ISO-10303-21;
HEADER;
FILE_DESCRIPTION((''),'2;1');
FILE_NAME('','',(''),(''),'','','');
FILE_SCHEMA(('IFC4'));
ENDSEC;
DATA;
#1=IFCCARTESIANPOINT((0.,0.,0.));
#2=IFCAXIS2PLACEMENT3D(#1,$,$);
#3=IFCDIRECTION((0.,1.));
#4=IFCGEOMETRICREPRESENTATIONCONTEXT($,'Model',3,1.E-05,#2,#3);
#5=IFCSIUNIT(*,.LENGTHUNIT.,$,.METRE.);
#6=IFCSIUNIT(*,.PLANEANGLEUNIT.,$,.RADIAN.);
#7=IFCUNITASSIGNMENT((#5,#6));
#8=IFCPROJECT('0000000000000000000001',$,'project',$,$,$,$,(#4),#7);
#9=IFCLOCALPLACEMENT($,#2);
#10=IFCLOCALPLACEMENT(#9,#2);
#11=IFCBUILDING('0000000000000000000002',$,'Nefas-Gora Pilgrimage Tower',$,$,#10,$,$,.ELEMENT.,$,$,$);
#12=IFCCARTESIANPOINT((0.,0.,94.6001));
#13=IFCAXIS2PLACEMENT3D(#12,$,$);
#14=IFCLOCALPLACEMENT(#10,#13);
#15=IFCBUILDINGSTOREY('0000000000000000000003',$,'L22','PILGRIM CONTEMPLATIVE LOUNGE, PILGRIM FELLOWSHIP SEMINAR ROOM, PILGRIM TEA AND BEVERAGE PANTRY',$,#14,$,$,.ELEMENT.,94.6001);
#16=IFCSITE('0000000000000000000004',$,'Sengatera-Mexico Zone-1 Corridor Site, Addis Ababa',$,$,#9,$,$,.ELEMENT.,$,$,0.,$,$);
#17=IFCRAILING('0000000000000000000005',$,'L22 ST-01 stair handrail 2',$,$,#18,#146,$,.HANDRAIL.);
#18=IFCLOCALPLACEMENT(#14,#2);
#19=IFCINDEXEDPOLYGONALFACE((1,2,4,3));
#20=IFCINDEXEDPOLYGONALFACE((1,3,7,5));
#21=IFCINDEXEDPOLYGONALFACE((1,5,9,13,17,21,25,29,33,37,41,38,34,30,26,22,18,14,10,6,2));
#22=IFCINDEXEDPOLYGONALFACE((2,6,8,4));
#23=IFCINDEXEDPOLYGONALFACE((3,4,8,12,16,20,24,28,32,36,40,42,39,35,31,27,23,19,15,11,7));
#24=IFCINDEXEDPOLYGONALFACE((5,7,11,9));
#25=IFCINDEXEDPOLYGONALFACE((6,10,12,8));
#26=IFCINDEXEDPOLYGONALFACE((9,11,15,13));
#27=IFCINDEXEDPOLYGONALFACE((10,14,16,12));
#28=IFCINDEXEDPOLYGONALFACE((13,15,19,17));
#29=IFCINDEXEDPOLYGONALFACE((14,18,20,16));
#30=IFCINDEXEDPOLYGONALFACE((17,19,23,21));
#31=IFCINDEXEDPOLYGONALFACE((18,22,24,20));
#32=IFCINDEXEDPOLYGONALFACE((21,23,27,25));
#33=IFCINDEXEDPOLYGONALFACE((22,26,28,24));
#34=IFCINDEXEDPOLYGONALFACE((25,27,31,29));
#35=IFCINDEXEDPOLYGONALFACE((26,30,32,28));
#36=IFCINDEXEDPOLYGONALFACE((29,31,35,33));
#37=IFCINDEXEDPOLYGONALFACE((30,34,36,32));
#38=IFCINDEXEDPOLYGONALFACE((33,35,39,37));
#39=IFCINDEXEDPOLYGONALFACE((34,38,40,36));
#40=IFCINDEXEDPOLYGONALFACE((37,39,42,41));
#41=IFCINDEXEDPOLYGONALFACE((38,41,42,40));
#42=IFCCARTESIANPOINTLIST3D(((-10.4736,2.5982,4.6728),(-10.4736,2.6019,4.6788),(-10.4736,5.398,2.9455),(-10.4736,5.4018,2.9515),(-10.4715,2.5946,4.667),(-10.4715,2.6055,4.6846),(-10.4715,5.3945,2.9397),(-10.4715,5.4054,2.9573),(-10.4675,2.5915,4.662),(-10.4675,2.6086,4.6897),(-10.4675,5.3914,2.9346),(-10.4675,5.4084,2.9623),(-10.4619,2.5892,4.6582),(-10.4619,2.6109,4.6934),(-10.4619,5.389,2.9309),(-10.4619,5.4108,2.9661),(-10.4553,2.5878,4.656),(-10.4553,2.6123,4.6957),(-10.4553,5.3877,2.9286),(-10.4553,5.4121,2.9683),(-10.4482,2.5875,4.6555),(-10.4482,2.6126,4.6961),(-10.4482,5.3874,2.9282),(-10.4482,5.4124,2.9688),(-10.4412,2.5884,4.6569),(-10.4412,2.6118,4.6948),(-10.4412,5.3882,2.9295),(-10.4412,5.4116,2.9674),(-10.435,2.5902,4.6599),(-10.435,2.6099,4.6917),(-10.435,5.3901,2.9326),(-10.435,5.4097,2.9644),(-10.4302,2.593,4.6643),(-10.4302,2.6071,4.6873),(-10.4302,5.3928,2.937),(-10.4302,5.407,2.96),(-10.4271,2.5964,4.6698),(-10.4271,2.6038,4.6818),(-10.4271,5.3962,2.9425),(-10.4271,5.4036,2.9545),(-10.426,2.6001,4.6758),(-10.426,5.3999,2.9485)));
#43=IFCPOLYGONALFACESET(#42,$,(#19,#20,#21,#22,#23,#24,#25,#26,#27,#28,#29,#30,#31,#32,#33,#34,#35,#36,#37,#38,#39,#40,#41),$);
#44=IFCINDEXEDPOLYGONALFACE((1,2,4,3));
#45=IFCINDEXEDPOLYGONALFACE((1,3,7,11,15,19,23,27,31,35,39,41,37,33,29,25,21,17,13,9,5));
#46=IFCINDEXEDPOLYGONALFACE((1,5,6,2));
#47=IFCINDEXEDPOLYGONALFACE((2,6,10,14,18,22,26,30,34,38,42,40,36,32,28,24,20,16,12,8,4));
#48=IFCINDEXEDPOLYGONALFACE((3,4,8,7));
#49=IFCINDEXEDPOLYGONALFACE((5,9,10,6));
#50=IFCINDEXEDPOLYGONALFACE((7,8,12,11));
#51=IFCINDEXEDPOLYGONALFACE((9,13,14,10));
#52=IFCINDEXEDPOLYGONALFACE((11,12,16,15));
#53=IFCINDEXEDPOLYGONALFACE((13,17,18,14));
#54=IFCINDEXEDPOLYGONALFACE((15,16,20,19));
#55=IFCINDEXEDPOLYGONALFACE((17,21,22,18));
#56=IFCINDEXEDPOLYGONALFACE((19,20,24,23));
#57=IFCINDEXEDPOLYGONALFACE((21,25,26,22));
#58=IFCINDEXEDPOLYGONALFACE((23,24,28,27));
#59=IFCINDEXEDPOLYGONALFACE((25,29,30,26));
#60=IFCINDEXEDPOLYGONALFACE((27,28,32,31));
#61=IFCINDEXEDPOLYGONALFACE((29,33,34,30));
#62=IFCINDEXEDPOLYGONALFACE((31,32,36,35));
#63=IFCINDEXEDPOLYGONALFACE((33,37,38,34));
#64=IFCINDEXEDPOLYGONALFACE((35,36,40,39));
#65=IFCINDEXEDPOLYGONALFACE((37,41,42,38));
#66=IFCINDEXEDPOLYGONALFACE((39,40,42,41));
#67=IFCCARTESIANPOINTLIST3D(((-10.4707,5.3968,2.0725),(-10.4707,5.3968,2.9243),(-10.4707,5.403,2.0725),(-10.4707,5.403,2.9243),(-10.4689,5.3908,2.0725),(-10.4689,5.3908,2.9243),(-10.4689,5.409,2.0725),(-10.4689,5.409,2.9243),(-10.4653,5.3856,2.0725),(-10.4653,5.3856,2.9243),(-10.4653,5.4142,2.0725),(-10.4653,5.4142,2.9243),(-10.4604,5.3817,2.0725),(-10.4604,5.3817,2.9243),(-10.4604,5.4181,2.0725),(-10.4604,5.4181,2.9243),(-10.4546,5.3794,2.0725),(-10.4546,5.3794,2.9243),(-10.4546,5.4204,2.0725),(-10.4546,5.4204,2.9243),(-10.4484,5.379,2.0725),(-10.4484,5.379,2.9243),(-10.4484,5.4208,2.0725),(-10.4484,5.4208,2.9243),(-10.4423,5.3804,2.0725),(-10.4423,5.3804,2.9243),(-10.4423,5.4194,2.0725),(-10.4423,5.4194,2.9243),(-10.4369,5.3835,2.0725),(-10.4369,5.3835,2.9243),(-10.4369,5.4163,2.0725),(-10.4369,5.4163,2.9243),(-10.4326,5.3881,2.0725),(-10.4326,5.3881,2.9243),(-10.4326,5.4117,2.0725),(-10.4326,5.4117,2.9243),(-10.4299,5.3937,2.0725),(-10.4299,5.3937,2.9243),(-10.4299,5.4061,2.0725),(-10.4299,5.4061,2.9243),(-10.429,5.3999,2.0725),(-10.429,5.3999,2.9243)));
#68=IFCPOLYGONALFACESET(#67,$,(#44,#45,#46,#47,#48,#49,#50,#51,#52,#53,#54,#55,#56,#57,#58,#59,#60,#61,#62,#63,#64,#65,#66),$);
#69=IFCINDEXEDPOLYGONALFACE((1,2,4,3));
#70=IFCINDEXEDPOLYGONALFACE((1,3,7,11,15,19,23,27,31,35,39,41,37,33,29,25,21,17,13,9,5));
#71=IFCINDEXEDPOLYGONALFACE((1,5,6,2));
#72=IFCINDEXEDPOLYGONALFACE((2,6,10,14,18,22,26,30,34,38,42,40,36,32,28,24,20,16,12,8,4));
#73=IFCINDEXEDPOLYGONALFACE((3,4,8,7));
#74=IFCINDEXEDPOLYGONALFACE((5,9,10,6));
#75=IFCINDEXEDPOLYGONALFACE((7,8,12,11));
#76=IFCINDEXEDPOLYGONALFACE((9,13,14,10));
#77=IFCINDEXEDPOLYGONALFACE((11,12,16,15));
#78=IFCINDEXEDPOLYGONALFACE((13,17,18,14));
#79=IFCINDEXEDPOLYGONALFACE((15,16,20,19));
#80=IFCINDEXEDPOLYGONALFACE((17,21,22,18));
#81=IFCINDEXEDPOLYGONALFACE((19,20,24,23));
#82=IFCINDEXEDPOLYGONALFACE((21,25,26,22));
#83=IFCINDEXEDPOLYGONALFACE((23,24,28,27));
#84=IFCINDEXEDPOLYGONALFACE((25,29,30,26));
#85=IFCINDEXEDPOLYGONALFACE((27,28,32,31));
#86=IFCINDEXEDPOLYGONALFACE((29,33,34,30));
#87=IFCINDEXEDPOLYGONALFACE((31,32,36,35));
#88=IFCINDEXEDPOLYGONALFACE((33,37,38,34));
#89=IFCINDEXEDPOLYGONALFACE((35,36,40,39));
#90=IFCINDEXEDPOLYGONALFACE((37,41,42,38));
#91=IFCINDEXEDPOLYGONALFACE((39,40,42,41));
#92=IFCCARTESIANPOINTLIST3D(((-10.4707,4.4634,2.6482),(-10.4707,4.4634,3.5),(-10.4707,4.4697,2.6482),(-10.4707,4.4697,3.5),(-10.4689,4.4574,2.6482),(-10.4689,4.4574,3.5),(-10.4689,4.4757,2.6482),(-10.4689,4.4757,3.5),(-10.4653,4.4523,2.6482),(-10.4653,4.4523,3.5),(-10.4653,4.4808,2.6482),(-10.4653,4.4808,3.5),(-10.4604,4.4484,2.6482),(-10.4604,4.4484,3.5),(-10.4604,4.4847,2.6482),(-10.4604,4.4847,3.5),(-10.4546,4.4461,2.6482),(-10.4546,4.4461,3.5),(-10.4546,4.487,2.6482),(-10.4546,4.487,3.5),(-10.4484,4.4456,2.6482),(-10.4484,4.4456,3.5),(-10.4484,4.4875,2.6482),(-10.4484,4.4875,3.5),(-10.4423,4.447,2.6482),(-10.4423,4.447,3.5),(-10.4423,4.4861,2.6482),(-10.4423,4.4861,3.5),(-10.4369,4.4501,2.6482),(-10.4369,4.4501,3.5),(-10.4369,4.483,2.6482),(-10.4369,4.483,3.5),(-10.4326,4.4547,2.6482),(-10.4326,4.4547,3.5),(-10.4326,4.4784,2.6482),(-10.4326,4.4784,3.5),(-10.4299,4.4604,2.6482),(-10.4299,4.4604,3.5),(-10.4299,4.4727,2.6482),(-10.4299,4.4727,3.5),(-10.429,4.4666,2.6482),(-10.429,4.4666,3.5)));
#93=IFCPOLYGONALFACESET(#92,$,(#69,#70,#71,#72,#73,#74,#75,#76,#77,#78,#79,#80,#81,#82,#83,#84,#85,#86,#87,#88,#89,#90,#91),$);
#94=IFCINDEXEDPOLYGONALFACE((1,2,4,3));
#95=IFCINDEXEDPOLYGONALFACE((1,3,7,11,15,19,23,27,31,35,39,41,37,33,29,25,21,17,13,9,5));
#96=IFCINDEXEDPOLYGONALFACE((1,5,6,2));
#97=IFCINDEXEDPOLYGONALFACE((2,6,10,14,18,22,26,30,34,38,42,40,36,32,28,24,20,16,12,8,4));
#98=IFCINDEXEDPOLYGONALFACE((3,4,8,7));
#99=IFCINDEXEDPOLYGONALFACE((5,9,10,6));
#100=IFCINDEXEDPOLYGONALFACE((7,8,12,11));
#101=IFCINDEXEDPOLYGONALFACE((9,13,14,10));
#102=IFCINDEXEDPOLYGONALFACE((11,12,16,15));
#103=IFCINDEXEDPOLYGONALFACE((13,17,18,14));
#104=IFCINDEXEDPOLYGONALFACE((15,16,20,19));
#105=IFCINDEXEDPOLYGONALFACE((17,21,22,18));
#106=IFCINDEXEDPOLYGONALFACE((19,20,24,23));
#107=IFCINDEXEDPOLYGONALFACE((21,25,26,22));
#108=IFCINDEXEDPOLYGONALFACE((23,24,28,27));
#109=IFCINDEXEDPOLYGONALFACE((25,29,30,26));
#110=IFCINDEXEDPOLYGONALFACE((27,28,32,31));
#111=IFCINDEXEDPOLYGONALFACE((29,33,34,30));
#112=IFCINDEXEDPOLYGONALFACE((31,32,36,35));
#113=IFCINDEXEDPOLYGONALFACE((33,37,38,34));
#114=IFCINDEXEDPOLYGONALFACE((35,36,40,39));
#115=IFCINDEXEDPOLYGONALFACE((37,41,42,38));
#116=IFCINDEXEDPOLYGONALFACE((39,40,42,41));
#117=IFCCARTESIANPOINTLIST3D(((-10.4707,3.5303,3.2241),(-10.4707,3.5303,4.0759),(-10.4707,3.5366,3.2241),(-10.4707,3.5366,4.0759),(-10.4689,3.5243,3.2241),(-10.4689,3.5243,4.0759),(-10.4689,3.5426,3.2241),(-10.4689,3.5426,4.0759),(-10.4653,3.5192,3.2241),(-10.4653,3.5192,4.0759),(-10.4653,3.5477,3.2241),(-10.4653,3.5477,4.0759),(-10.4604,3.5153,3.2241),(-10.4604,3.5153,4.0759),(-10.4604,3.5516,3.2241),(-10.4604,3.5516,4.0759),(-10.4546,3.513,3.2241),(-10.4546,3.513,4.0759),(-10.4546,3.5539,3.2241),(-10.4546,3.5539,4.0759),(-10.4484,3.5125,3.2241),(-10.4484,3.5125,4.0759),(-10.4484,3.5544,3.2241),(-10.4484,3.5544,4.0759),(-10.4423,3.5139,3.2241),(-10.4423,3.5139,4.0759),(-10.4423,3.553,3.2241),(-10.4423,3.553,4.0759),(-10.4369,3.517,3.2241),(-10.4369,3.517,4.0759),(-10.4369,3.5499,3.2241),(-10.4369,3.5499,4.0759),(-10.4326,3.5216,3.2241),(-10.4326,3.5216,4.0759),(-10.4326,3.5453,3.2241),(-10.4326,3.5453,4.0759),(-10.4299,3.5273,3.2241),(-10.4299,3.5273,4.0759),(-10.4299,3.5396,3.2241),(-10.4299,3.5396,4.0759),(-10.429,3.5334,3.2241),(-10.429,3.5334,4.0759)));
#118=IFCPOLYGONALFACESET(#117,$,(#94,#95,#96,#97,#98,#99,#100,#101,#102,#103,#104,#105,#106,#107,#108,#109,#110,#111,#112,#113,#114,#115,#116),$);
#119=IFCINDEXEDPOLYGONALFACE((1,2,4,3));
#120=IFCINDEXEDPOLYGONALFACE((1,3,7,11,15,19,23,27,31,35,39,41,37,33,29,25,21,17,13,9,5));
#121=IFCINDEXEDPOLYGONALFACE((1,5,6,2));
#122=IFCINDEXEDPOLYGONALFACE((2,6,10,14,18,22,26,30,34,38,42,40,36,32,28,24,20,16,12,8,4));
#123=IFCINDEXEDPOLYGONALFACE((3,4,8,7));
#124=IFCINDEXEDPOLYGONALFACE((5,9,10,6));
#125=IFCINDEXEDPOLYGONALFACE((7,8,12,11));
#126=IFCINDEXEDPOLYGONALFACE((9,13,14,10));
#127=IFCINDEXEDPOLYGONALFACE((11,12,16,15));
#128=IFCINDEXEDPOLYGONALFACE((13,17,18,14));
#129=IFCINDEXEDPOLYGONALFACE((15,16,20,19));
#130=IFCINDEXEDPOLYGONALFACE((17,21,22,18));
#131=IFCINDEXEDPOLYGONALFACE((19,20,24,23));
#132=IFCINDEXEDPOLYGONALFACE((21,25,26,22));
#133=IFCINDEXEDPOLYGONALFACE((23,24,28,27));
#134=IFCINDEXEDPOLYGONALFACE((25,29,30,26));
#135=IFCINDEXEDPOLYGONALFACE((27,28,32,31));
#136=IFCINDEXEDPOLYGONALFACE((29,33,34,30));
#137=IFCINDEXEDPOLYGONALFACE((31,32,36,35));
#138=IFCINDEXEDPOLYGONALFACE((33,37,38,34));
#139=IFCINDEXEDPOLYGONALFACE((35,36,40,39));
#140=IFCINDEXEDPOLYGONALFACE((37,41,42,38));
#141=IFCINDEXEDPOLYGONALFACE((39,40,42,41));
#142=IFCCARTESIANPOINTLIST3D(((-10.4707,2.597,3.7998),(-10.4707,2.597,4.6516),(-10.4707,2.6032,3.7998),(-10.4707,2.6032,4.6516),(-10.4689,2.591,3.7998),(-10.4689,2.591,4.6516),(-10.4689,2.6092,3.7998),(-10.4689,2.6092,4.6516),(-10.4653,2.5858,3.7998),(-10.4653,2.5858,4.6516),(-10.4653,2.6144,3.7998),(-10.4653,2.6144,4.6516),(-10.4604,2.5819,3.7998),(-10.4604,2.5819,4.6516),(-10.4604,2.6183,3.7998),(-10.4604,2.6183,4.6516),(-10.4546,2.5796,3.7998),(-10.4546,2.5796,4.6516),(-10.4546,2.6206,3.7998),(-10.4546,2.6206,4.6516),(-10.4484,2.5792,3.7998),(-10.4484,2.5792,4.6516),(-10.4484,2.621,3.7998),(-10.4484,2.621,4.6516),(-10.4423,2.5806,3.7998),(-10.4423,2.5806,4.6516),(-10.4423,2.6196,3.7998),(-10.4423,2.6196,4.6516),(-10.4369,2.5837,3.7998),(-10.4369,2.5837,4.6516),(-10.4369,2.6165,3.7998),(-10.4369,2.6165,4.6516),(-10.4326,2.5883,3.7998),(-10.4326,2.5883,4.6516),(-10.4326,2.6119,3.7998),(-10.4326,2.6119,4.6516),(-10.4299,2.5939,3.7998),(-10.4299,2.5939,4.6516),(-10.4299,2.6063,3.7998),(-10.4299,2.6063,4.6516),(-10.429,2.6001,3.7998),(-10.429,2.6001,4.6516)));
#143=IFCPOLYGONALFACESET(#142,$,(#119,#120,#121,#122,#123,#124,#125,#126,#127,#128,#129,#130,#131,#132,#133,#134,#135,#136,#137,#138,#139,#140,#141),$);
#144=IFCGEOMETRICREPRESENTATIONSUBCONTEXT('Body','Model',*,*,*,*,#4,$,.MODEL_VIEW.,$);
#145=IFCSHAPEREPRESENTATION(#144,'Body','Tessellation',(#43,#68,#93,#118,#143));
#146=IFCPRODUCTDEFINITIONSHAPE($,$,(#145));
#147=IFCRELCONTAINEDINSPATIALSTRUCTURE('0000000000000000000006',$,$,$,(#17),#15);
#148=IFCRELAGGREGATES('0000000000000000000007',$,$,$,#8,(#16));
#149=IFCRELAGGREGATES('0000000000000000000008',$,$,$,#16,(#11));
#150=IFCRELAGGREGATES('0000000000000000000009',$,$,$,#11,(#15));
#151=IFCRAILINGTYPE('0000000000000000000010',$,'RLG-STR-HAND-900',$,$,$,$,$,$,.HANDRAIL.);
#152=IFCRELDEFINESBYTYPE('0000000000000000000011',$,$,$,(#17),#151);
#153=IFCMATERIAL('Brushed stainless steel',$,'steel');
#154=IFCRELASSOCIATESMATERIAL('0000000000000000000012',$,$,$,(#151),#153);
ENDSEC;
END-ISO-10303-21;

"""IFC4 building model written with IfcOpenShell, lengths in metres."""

from ifc_helpers import new_model, si_unit, direction, frame, origin, origin_2d, place, context, subcontext, project, spatial, circle, extrude, material, type_object, element, save


model = new_model("IFC4")

# Units and contexts
model_context = context("Model", 3, precision=1e-05, world=origin(), true_north=direction((0.0, 1.0)))
body_context = subcontext(model_context, "Body", "Model", "MODEL_VIEW")
ifc_project = project(units=[si_unit("LENGTHUNIT", "METRE"), si_unit("PLANEANGLEUNIT", "RADIAN")], contexts=[model_context])

# Site, building, storey
site_placement = place(None, origin())
site = spatial("IfcSite", under=ifc_project, at=site_placement, Name="Sengatera-Mexico Zone-1 Corridor Site, Addis Ababa", CompositionType="ELEMENT", RefElevation=0.0)
building_placement = place(site_placement, origin())
building = spatial("IfcBuilding", under=site, at=building_placement, Name="Nefas-Gora Pilgrimage Tower", CompositionType="ELEMENT")
storey_placement = place(building_placement, frame((0.0, 0.0, 94.6001)))
storey = spatial("IfcBuildingStorey", under=building, at=storey_placement, Name="L22", Description="PILGRIM CONTEMPLATIVE LOUNGE, PILGRIM FELLOWSHIP SEMINAR ROOM, PILGRIM TEA AND BEVERAGE PANTRY", CompositionType="ELEMENT", Elevation=94.6001)

# Railing
ifc_material_1 = material(Name="Brushed stainless steel", Category="steel")
railing_type_1 = type_object("IfcRailingType", Name="RLG-STR-HAND-900", PredefinedType="HANDRAIL", material=ifc_material_1)
railing_1_placement = place(storey_placement, frame((-10.45, 5.3999, 2.0725)))
element("IfcRailing", 1, at=railing_1_placement, inside=storey, type_object=railing_type_1, Name="L22 ST-01 stair handrail 2", PredefinedType="HANDRAIL", context=body_context, shape_type="SweptSolid", body=[
    extrude(circle(Radius=0.0239, at=origin_2d()), frame((0.0, 0.0, 0.876), z_axis=(0.0, -0.851069, 0.525054), x_axis=(1.0, 0.0, 0.0)), (0.0, 0.0, 1.0), 3.2898),
    extrude(circle(Radius=0.021, at=origin_2d()), origin(), (0.0, 0.0, 1.0), 0.8518),
    extrude(circle(Radius=0.021, at=origin_2d()), frame((0.0, -0.9333, 0.5757)), (0.0, 0.0, 1.0), 0.8518),
    extrude(circle(Radius=0.021, at=origin_2d()), frame((0.0, -1.8665, 1.1516)), (0.0, 0.0, 1.0), 0.8518),
    extrude(circle(Radius=0.021, at=origin_2d()), frame((0.0, -2.7998, 1.7273)), (0.0, 0.0, 1.0), 0.8518),
])

save(model, "model.ifc")
